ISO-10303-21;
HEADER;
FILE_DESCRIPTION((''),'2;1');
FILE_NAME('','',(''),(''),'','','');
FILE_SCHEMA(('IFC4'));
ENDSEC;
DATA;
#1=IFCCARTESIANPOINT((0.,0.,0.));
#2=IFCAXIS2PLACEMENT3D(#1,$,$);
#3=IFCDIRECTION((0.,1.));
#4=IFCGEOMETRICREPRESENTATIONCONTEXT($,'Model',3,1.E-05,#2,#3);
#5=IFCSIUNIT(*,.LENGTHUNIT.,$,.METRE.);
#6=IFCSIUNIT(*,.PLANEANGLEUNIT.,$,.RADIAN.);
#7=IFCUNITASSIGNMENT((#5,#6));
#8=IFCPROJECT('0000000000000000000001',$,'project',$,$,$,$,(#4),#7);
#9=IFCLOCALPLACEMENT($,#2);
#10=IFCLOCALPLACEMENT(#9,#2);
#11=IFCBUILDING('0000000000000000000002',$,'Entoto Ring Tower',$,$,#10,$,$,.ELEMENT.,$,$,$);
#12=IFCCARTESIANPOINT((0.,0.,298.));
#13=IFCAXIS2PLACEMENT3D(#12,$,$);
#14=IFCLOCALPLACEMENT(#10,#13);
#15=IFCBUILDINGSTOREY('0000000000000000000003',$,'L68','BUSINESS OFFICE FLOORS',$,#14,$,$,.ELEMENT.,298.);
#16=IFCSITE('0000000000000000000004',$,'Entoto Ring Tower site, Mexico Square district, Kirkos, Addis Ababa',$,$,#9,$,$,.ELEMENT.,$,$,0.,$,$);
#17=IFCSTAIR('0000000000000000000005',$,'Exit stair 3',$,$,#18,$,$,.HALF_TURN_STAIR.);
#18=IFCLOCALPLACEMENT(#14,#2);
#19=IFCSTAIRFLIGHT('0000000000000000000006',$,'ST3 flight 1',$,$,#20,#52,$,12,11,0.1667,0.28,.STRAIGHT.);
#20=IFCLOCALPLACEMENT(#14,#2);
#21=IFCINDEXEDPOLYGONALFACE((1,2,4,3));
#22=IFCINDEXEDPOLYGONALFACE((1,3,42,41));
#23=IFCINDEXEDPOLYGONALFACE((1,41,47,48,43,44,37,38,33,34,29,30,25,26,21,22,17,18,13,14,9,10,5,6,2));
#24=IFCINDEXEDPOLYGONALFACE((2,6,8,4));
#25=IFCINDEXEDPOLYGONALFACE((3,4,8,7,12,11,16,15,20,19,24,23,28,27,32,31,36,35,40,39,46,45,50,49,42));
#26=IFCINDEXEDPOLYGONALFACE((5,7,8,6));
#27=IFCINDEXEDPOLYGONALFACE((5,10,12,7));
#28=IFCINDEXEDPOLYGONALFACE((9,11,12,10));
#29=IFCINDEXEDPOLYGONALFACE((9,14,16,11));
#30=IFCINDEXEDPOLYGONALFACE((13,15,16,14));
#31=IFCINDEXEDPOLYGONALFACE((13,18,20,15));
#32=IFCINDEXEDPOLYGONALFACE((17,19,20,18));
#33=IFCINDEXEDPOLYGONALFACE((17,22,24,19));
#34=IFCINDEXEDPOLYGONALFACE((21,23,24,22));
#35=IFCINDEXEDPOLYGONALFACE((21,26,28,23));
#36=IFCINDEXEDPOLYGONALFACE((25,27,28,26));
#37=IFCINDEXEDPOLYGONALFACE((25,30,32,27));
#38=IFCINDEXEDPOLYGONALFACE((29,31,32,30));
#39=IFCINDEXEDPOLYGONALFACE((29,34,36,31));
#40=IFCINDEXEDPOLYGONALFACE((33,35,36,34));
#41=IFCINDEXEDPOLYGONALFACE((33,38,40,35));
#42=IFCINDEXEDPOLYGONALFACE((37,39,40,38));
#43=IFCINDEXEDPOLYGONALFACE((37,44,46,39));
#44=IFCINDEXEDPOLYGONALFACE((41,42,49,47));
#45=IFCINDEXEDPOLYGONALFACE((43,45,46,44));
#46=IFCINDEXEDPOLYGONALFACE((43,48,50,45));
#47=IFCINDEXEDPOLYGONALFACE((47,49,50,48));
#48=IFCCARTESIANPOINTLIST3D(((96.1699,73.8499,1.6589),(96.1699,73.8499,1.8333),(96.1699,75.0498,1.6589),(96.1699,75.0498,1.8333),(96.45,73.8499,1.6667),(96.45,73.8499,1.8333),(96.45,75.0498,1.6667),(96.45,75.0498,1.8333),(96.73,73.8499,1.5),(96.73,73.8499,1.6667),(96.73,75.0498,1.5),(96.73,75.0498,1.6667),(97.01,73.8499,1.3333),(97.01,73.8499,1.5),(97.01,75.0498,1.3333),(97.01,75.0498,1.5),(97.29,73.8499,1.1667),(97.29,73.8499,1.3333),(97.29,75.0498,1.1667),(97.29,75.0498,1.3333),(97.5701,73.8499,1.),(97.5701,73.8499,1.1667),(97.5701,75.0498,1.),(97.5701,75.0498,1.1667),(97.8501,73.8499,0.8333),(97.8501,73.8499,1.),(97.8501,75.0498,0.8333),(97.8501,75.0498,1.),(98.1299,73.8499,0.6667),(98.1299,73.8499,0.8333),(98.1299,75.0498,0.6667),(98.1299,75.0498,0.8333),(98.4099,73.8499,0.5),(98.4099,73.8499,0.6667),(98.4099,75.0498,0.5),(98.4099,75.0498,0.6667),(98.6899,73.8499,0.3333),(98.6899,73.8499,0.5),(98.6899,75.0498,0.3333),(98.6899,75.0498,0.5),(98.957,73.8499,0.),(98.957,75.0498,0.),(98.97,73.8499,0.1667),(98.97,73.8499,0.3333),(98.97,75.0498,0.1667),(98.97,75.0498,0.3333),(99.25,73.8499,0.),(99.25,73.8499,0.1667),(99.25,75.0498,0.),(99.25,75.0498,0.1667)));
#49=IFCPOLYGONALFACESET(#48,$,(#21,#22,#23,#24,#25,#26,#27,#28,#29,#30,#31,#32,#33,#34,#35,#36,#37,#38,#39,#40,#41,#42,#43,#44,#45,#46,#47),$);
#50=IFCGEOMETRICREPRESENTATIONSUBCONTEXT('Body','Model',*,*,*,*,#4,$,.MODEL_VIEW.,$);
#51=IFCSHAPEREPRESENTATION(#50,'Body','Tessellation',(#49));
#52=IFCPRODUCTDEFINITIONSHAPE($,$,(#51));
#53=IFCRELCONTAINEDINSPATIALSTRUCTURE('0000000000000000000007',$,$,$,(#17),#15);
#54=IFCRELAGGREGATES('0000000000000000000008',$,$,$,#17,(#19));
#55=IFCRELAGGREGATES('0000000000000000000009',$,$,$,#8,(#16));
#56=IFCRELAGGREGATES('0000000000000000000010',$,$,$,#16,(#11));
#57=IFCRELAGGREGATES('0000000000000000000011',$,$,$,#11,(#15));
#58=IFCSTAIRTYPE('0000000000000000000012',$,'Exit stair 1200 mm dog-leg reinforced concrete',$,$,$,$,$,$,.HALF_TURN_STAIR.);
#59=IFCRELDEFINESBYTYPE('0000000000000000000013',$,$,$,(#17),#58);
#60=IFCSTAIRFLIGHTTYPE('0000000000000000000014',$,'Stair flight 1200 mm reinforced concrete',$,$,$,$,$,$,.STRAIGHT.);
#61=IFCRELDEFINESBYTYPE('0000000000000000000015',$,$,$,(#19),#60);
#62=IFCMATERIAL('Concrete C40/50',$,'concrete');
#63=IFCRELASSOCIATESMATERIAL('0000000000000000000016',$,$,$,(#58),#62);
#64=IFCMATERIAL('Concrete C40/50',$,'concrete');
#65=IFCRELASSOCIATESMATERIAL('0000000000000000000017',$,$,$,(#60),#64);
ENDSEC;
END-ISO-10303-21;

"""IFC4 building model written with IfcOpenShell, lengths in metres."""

from ifc_helpers import new_model, si_unit, direction, frame, origin, place, context, subcontext, project, spatial, polyline, outline, extrude, material, type_object, element, aggregate, save


model = new_model("IFC4")

# Units and contexts
model_context = context("Model", 3, precision=1e-05, world=origin(), true_north=direction((0.0, 1.0)))
body_context = subcontext(model_context, "Body", "Model", "MODEL_VIEW")
ifc_project = project(units=[si_unit("LENGTHUNIT", "METRE"), si_unit("PLANEANGLEUNIT", "RADIAN")], contexts=[model_context])

# Site, building, storey
site_placement = place(None, origin())
site = spatial("IfcSite", under=ifc_project, at=site_placement, Name="Entoto Ring Tower site, Mexico Square district, Kirkos, Addis Ababa", CompositionType="ELEMENT", RefElevation=0.0)
building_placement = place(site_placement, origin())
building = spatial("IfcBuilding", under=site, at=building_placement, Name="Entoto Ring Tower", CompositionType="ELEMENT")
storey_placement = place(building_placement, frame((0.0, 0.0, 298.0)))
storey = spatial("IfcBuildingStorey", under=building, at=storey_placement, Name="L68", Description="BUSINESS OFFICE FLOORS", CompositionType="ELEMENT", Elevation=298.0)

# Stair, stair flight
ifc_material_1 = material(Name="Concrete C40/50", Category="concrete")
stair_type = type_object("IfcStairType", Name="Exit stair 1200 mm dog-leg reinforced concrete", PredefinedType="HALF_TURN_STAIR", material=ifc_material_1)
stair_placement = place(storey_placement, origin())
stair = element("IfcStair", 1, at=stair_placement, inside=storey, type_object=stair_type, Name="Exit stair 3", PredefinedType="HALF_TURN_STAIR")
ifc_material_2 = material(Name="Concrete C40/50", Category="concrete")
stair_flight_type = type_object("IfcStairFlightType", Name="Stair flight 1200 mm reinforced concrete", PredefinedType="STRAIGHT", material=ifc_material_2)
stair_flight_placement = place(storey_placement, frame((99.25, 74.45, 0.0), z_axis=(0.0, 0.0, 1.0), x_axis=(-1.0, 0.0, 0.0)))
stair_flight = element("IfcStairFlight", 2, at=stair_flight_placement, type_object=stair_flight_type, Name="ST3 flight 1", NumberOfRisers=12, NumberOfTreads=11, PredefinedType="STRAIGHT", RiserHeight=0.1667, TreadLength=0.28, context=body_context, shape_type="SweptSolid", body=[
    extrude(outline(polyline([(0.0, 0.0), (0.0, 0.1667), (0.28, 0.1667), (0.28, 0.3333), (0.5601, 0.3333), (0.5601, 0.5), (0.8401, 0.5), (0.8401, 0.6667), (1.1201, 0.6667), (1.1201, 0.8333), (1.3999, 0.8333), (1.3999, 1.0), (1.6799, 1.0), (1.6799, 1.1667), (1.96, 1.1667), (1.96, 1.3333), (2.24, 1.3333), (2.24, 1.5), (2.52, 1.5), (2.52, 1.6667), (2.8, 1.6667), (2.8, 1.8333), (3.0801, 1.8333), (3.0801, 2.0), (3.0801, 1.6589), (0.293, 0.0), (0.0, 0.0)])), frame((0.0, 0.6001, 0.0), z_axis=(0.0, -1.0, 0.0), x_axis=(1.0, 0.0, 0.0)), (0.0, 0.0, 1.0), 1.2),
])
aggregate(stair, [stair_flight])

save(model, "model.ifc")
